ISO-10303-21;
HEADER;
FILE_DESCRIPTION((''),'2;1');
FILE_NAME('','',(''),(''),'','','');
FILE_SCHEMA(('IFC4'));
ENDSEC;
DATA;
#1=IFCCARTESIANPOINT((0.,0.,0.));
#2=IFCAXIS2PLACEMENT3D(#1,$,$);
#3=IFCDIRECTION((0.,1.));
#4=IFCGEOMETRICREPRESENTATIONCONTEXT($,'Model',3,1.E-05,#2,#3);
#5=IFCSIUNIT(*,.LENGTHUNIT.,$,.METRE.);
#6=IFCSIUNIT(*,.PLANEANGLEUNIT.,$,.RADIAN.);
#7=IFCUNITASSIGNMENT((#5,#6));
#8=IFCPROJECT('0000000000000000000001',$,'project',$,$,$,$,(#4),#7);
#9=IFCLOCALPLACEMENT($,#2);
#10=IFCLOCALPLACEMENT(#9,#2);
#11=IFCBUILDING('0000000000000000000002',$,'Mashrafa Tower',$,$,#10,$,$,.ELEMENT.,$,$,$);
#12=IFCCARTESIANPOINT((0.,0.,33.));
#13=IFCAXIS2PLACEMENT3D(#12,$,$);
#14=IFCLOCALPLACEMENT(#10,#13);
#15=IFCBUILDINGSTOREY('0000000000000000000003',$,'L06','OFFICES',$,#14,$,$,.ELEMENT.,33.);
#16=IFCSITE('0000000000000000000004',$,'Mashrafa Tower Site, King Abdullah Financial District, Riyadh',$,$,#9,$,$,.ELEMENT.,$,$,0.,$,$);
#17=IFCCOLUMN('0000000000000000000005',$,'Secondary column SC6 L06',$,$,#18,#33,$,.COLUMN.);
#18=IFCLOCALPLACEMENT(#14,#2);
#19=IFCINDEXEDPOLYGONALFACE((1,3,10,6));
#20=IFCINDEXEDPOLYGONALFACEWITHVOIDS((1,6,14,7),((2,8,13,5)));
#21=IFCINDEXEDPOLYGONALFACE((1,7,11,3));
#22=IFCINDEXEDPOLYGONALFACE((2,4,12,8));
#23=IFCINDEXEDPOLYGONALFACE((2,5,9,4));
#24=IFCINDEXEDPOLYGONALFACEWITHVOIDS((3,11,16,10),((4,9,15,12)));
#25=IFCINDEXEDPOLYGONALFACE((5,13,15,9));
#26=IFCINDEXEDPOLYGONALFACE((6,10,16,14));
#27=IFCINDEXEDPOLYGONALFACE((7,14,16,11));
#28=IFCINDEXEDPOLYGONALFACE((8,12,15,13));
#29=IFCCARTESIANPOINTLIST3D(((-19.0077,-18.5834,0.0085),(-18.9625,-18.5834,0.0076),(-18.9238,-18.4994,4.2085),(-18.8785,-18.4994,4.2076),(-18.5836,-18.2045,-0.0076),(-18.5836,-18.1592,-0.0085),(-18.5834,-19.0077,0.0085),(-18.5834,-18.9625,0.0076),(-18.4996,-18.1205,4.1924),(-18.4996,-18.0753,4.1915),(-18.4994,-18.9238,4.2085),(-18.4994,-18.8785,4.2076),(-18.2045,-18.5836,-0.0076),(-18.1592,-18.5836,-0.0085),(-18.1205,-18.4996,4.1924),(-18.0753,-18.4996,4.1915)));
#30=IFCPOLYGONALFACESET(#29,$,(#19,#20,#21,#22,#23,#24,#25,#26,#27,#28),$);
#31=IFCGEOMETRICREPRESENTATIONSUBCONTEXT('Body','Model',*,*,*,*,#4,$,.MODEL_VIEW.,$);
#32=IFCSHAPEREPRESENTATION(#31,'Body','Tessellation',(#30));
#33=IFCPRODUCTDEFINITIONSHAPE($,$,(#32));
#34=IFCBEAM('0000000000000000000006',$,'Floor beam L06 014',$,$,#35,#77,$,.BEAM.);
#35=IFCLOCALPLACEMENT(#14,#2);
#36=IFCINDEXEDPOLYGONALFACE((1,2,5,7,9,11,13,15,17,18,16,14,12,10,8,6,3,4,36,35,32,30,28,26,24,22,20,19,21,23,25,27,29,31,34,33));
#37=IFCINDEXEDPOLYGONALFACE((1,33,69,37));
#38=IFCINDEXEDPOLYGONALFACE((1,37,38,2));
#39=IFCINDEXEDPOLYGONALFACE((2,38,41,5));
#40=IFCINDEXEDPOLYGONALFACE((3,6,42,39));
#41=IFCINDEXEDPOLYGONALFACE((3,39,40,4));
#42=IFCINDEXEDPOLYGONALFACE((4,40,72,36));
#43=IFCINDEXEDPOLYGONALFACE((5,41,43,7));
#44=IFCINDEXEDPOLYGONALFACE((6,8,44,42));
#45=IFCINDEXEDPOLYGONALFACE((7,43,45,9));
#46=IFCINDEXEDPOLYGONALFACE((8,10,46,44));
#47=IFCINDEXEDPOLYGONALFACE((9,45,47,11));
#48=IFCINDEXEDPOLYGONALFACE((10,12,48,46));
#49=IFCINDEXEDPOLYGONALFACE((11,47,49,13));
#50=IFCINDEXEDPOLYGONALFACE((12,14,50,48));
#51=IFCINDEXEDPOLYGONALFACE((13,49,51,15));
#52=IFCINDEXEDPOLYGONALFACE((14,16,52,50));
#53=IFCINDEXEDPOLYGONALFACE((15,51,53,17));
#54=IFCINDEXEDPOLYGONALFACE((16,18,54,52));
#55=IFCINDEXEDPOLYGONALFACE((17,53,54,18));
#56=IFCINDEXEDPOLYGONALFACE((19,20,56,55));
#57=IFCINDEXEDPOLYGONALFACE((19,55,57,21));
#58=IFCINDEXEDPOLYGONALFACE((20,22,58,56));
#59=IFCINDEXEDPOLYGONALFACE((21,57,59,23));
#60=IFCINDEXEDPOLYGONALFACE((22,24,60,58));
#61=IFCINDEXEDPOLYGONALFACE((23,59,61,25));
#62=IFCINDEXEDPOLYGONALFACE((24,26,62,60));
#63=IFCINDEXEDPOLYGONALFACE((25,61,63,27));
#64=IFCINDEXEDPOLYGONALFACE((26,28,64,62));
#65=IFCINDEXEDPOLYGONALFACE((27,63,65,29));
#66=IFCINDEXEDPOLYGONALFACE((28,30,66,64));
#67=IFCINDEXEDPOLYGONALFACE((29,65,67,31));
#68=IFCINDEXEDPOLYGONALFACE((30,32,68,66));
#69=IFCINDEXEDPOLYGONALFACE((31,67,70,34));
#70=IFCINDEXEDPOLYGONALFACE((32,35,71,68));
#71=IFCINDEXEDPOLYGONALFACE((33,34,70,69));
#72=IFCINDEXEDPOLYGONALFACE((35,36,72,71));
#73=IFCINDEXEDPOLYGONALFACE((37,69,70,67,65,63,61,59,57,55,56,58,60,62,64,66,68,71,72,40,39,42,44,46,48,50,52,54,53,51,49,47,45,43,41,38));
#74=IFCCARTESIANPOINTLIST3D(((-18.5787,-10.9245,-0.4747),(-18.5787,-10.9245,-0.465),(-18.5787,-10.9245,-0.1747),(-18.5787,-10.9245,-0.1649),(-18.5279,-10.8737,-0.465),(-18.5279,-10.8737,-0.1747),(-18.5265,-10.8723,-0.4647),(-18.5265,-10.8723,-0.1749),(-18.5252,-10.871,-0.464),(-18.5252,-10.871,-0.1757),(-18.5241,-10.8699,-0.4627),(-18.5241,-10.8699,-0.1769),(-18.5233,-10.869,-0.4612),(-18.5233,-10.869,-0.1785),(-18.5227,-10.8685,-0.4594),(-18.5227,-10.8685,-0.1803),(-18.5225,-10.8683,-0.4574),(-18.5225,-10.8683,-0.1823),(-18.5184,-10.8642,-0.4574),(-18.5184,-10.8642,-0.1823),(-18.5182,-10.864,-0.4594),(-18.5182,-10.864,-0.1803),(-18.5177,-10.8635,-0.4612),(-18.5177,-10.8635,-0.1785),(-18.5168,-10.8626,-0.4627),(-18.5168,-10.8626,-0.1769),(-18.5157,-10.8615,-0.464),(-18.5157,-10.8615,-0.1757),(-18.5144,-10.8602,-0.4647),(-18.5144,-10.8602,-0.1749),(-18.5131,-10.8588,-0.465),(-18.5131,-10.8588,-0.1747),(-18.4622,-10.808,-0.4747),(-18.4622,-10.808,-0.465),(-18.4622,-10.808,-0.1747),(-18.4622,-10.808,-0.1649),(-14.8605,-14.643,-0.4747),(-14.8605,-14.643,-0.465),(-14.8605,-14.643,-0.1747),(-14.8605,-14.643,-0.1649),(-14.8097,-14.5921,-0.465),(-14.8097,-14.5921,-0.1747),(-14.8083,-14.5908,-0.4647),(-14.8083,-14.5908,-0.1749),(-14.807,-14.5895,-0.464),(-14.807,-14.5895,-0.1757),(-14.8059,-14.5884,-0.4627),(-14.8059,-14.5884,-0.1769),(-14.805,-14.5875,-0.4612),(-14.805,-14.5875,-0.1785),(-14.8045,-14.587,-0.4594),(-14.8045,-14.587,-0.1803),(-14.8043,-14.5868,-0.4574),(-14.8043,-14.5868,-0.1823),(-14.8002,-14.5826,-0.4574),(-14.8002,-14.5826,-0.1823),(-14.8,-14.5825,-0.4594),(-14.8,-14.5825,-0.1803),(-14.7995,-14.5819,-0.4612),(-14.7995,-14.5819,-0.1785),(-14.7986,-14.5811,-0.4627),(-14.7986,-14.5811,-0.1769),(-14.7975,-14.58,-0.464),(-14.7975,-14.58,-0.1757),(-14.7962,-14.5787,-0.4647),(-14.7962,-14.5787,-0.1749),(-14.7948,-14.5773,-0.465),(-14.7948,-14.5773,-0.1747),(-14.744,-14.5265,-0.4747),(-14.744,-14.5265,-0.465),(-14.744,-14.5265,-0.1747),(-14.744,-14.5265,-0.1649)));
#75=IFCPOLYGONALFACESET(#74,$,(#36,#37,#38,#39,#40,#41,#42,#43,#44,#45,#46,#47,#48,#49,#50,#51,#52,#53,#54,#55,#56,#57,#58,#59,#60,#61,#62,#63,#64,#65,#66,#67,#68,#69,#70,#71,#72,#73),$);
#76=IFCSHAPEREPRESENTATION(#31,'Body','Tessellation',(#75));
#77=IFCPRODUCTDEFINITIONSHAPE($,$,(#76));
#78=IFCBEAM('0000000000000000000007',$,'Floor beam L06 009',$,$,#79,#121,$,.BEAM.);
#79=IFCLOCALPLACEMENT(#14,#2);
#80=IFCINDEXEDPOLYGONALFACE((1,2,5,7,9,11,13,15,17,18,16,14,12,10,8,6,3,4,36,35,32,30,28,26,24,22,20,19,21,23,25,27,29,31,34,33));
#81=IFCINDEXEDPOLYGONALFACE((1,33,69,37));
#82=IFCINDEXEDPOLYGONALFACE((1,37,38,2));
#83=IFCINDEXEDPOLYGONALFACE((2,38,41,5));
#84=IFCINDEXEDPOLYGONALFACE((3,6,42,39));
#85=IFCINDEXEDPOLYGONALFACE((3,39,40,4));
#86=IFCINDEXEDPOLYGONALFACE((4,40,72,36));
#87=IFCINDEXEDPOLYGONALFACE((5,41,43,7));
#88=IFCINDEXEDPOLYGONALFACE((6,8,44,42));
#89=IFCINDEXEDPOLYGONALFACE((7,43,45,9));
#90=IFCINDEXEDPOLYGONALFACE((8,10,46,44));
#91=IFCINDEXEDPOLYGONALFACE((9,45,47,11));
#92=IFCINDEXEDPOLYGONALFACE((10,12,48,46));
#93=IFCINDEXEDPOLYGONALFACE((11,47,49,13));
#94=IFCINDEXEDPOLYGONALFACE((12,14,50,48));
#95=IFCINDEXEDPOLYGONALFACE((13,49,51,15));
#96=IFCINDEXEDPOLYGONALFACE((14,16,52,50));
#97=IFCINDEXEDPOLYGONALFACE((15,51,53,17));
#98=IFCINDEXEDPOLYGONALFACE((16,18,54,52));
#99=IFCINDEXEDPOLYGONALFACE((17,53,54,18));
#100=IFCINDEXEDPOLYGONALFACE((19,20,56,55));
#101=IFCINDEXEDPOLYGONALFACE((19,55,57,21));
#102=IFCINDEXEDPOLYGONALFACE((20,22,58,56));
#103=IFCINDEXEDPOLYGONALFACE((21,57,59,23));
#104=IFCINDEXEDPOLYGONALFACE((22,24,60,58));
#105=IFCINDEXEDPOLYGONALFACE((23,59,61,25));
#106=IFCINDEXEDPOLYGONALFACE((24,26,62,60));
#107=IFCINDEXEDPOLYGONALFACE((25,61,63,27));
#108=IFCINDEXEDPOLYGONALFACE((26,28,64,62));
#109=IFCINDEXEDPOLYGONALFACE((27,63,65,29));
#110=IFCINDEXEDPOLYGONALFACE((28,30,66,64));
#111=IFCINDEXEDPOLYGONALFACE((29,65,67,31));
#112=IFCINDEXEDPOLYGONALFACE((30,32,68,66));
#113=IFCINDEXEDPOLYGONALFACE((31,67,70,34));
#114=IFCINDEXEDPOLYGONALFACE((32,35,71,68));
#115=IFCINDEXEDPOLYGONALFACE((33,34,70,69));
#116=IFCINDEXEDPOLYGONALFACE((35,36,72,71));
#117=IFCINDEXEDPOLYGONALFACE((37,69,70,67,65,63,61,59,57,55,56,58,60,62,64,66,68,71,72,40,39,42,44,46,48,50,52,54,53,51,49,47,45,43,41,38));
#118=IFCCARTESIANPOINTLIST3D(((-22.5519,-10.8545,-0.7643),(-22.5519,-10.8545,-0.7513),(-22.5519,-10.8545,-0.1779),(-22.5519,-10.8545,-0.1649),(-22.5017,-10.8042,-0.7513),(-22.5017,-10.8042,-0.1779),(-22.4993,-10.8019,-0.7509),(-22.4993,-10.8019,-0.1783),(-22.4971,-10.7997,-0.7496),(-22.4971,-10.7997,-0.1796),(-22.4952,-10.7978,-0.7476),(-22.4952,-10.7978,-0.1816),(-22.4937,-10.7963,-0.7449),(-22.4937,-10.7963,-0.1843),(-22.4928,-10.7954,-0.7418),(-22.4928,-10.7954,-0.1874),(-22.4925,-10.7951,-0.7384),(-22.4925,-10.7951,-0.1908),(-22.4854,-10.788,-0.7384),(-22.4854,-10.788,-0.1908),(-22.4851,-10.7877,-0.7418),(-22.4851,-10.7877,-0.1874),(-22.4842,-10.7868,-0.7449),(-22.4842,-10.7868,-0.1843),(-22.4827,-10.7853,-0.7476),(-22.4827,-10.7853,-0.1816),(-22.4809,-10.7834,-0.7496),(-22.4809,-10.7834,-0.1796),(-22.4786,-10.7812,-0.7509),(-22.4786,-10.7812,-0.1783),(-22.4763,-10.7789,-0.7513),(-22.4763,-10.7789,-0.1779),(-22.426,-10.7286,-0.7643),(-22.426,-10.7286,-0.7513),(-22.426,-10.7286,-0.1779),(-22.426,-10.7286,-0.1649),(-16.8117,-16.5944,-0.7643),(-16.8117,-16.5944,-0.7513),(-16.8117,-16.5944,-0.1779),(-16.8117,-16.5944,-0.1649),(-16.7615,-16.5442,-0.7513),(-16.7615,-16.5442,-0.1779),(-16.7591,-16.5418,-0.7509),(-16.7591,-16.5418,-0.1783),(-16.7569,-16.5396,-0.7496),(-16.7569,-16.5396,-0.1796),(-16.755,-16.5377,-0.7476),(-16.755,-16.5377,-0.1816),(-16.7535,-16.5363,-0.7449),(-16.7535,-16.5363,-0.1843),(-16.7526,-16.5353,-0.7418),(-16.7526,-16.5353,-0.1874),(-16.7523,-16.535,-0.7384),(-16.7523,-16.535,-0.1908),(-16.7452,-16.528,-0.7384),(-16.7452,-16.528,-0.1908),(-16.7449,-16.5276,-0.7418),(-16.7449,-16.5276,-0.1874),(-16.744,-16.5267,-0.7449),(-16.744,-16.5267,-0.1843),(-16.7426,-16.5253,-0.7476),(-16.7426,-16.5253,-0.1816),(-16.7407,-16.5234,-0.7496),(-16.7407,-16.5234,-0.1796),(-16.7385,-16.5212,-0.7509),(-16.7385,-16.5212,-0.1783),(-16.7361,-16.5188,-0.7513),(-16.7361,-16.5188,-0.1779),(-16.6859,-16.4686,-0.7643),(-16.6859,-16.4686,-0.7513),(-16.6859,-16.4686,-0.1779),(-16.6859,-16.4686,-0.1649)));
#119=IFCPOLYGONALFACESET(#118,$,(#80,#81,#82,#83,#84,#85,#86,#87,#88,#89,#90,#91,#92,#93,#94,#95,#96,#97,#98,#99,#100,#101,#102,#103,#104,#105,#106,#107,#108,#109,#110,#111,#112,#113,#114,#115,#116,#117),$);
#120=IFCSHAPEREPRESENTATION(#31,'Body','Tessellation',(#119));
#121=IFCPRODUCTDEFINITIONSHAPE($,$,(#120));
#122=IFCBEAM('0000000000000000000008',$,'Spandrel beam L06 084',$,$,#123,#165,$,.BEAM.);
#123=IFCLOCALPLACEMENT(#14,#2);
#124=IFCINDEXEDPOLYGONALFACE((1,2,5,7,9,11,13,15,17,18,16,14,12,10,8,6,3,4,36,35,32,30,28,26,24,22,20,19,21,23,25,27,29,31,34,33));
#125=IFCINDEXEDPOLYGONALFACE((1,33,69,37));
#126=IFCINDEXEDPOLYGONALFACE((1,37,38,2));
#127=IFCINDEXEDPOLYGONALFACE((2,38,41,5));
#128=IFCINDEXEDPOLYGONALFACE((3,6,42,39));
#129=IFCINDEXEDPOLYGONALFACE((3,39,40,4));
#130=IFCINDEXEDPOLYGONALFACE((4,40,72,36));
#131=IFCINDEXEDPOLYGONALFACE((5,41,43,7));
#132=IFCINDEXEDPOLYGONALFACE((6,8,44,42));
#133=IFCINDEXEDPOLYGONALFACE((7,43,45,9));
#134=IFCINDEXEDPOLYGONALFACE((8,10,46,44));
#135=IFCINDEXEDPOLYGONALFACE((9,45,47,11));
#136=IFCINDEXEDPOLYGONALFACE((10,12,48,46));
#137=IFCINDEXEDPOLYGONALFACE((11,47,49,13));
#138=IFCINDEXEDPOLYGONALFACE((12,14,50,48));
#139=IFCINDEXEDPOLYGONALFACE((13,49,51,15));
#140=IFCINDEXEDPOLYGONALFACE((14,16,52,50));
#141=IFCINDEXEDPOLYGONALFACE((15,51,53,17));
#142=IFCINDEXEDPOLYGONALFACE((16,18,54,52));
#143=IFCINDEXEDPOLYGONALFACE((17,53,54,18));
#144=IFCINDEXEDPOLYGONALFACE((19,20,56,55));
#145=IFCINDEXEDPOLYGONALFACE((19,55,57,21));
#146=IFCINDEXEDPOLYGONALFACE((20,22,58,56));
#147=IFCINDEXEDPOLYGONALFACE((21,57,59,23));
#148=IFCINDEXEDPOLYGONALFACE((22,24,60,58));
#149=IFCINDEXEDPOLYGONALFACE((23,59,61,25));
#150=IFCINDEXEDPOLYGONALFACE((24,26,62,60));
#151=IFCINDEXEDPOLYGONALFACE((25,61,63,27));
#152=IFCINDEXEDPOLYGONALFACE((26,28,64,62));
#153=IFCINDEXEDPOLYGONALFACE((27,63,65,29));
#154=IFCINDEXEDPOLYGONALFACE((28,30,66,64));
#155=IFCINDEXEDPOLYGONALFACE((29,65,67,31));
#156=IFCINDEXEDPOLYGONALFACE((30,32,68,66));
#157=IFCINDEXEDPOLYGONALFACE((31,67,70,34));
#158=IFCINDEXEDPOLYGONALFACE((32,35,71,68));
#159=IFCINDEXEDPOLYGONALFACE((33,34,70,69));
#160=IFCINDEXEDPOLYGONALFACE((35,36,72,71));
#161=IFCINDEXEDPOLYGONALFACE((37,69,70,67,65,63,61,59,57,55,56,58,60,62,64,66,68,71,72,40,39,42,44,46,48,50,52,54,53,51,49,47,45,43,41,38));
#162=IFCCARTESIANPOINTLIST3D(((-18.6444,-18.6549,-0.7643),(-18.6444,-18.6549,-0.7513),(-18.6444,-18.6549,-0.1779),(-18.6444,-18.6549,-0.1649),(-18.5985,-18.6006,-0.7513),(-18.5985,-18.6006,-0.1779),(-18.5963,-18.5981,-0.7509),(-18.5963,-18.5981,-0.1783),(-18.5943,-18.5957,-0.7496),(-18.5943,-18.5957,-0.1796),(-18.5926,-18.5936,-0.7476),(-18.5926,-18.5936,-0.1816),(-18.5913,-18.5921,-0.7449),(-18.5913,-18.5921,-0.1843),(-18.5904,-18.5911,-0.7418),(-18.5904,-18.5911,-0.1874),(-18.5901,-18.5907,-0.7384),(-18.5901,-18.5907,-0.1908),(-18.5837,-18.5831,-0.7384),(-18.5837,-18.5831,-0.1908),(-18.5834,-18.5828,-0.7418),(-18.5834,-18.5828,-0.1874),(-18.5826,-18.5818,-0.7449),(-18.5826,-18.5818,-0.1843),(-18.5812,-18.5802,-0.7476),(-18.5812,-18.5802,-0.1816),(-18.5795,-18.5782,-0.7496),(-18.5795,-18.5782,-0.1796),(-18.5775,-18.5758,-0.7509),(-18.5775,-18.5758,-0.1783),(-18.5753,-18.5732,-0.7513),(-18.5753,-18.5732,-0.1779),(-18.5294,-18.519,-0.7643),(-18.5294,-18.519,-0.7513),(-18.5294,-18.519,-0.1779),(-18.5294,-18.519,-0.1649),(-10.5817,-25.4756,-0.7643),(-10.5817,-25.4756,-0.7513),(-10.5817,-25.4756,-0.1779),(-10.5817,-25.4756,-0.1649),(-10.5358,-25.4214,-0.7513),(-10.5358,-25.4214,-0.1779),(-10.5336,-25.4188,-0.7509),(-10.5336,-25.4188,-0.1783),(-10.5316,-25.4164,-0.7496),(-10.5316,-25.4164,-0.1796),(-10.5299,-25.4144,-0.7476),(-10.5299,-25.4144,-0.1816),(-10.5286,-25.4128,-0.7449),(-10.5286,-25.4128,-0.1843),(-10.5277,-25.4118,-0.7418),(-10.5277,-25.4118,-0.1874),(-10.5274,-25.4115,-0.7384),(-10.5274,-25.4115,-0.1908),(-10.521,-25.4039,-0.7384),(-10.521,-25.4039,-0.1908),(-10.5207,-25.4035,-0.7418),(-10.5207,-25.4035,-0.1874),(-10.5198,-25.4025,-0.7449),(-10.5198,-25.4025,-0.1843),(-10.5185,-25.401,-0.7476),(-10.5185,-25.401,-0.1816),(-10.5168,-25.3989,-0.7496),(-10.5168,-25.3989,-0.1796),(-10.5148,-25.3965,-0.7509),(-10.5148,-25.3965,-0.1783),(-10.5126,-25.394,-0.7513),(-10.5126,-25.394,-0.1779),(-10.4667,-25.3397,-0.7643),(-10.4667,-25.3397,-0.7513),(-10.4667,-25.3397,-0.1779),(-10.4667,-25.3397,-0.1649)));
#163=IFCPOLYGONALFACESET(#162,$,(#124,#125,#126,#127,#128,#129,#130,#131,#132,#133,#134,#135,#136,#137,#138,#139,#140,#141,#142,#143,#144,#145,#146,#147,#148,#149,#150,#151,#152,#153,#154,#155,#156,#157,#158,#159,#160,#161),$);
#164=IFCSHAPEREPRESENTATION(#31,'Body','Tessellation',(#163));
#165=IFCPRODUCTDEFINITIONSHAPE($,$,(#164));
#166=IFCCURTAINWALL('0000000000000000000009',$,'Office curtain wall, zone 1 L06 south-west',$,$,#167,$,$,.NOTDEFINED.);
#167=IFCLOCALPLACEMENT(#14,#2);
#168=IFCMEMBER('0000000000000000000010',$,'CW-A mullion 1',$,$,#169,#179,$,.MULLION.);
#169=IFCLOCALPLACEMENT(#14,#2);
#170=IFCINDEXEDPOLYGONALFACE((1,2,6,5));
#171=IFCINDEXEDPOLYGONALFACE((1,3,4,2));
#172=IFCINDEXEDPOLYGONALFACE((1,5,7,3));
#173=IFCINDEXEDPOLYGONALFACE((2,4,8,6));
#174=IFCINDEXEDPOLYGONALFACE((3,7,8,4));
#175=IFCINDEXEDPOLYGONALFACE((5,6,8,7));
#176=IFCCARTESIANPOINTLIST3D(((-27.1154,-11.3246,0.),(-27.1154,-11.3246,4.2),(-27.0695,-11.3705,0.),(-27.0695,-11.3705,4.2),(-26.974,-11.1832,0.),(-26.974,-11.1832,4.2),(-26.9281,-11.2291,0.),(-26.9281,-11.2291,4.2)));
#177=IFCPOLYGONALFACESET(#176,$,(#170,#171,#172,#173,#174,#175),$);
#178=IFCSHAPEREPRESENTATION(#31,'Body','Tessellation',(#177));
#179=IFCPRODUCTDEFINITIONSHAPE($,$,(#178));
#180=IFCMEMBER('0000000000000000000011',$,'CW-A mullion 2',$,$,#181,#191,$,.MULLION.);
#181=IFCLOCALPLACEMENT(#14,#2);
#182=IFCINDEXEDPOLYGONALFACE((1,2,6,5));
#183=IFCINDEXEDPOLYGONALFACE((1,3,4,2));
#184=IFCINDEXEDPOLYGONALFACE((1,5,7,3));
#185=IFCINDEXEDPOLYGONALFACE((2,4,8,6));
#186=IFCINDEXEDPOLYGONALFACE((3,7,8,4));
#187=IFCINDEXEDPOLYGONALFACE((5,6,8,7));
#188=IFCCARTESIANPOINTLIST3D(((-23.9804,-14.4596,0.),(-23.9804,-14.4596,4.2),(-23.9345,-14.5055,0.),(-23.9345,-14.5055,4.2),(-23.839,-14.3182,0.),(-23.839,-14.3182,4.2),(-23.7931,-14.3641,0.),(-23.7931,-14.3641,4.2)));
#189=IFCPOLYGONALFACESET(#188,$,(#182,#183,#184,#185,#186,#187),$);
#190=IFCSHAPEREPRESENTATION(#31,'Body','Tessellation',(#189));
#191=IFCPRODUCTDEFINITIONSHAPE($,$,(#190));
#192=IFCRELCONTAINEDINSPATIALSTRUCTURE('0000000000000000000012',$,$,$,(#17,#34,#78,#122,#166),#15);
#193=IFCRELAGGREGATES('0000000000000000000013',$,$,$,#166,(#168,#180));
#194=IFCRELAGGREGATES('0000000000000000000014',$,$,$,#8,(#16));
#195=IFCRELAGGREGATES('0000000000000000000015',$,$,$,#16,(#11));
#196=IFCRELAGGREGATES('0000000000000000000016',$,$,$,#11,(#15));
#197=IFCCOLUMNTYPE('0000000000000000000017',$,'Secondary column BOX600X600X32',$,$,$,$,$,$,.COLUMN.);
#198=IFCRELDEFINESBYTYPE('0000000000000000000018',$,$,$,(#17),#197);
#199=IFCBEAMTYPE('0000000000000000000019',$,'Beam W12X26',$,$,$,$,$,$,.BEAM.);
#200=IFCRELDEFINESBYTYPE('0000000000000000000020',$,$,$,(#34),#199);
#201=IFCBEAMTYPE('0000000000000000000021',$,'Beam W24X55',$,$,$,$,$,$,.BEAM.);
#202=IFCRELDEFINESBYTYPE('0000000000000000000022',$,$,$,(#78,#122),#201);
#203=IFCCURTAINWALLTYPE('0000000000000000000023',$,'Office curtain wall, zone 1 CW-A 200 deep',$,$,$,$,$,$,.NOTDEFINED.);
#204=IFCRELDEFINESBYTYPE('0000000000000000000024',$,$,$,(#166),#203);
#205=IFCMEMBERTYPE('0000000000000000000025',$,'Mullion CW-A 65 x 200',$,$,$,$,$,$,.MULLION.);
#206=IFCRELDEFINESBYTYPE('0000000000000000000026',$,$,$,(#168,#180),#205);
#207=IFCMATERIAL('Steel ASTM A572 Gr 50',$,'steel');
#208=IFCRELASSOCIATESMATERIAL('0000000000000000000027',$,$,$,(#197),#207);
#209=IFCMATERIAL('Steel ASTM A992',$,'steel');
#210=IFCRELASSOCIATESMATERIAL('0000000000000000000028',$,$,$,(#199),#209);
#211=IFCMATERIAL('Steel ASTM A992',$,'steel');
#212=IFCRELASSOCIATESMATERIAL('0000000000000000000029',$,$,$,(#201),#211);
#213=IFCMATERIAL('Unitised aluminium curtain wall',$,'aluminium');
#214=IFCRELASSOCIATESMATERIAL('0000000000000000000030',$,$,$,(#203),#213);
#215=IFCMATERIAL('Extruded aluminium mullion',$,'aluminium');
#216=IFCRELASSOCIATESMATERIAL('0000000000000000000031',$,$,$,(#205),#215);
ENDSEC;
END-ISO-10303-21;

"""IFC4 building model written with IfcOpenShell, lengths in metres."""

from ifc_helpers import new_model, si_unit, direction, frame, origin, origin_2d, place, context, subcontext, project, spatial, rectangle, hollow_rectangle, i_section, extrude, source, transform, mapped, material, material_profile, profile_set, type_object, type_shapes, element, aggregate, save


model = new_model("IFC4")

# Units and contexts
model_context = context("Model", 3, precision=1e-05, world=origin(), true_north=direction((0.0, 1.0)))
body_context = subcontext(model_context, "Body", "Model", "MODEL_VIEW")
ifc_project = project(units=[si_unit("LENGTHUNIT", "METRE"), si_unit("PLANEANGLEUNIT", "RADIAN")], contexts=[model_context])

# Site, building, storey
site_placement = place(None, origin())
site = spatial("IfcSite", under=ifc_project, at=site_placement, Name="Mashrafa Tower Site, King Abdullah Financial District, Riyadh", CompositionType="ELEMENT", RefElevation=0.0)
building_placement = place(site_placement, origin())
building = spatial("IfcBuilding", under=site, at=building_placement, Name="Mashrafa Tower", CompositionType="ELEMENT")
storey_placement = place(building_placement, frame((0.0, 0.0, 33.0)))
storey = spatial("IfcBuildingStorey", under=building, at=storey_placement, Name="L06", Description="OFFICES", CompositionType="ELEMENT", Elevation=33.0)

# Column
ifc_material_1 = material(Name="Steel ASTM A572 Gr 50", Category="steel")
ifc_material_profile_1 = material_profile(ifc_material_1, hollow_rectangle(XDim=0.6001, YDim=0.6001, WallThickness=0.032, at=origin_2d()), Name="BOX600X600X32")
ifc_profile_set_1 = profile_set([ifc_material_profile_1], Name="Steel ASTM A572 Gr 50")
column_type = type_object("IfcColumnType", Name="Secondary column BOX600X600X32", PredefinedType="COLUMN", material=ifc_profile_set_1)
column_placement = place(storey_placement, frame((-18.5835, -18.5835, 0.0), z_axis=(0.019989, 0.019989, 0.9996), x_axis=(-0.707107, 0.707107, 0.0)))
element("IfcColumn", 1, at=column_placement, inside=storey, type_object=column_type, Name="Secondary column SC6 L06", PredefinedType="COLUMN", context=body_context, shape_type="SweptSolid", body=[
    extrude(hollow_rectangle(XDim=0.6001, YDim=0.6001, WallThickness=0.032, at=origin_2d()), origin(), (0.0, 0.0, 1.0), 4.2017),
])

# Beams
ifc_material_2 = material(Name="Steel ASTM A992", Category="steel")
ifc_material_profile_2 = material_profile(ifc_material_2, i_section(OverallWidth=0.1648, OverallDepth=0.3098, WebThickness=0.0059, FlangeThickness=0.0098, FilletRadius=0.0076, at=origin_2d()), Name="W12X26")
ifc_profile_set_2 = profile_set([ifc_material_profile_2], Name="Steel ASTM A992")
beam_type_1 = type_object("IfcBeamType", Name="Beam W12X26", PredefinedType="BEAM", material=ifc_profile_set_2)
beam_1_placement = place(storey_placement, frame((-14.8022, -14.5847, -0.3198), z_axis=(-0.707084, 0.70713, 0.0), x_axis=(-0.70713, -0.707084, 0.0)))
element("IfcBeam", 2, at=beam_1_placement, inside=storey, type_object=beam_type_1, Name="Floor beam L06 014", PredefinedType="BEAM", context=body_context, shape_type="SweptSolid", body=[
    extrude(i_section(OverallWidth=0.1648, OverallDepth=0.3098, WebThickness=0.0059, FlangeThickness=0.0098, FilletRadius=0.0076, at=origin_2d()), origin(), (0.0, 0.0, 1.0), 5.2585),
])
ifc_material_3 = material(Name="Steel ASTM A992", Category="steel")
ifc_material_profile_3 = material_profile(ifc_material_3, i_section(OverallWidth=0.178, OverallDepth=0.5994, WebThickness=0.01, FlangeThickness=0.0129, FilletRadius=0.0129, at=origin_2d()), Name="W24X55")
ifc_profile_set_3 = profile_set([ifc_material_profile_3], Name="Steel ASTM A992")
beam_type_2 = type_object("IfcBeamType", Name="Beam W24X55", PredefinedType="BEAM", material=ifc_profile_set_3)
beam_2_placement = place(storey_placement, frame((-16.7488, -16.5315, -0.4646), z_axis=(-0.707122, 0.707092, 0.0), x_axis=(-0.707092, -0.707122, 0.0)))
element("IfcBeam", 3, at=beam_2_placement, inside=storey, type_object=beam_type_2, Name="Floor beam L06 009", PredefinedType="BEAM", context=body_context, shape_type="SweptSolid", body=[
    extrude(i_section(OverallWidth=0.178, OverallDepth=0.5994, WebThickness=0.01, FlangeThickness=0.0129, FilletRadius=0.0129, at=origin_2d()), origin(), (0.0, 0.0, 1.0), 8.1177),
])
beam_3_placement = place(storey_placement, frame((-18.5869, -18.5869, -0.4646), z_axis=(0.763457, -0.645858, 0.0), x_axis=(0.645858, 0.763457, 0.0)))
element("IfcBeam", 4, at=beam_3_placement, inside=storey, type_object=beam_type_2, Name="Spandrel beam L06 084", PredefinedType="BEAM", context=body_context, shape_type="SweptSolid", body=[
    extrude(i_section(OverallWidth=0.178, OverallDepth=0.5994, WebThickness=0.01, FlangeThickness=0.0129, FilletRadius=0.0129, at=origin_2d()), origin(), (0.0, 0.0, 1.0), 10.5608),
])

# Curtain wall, members
ifc_material_4 = material(Name="Unitised aluminium curtain wall", Category="aluminium")
curtain_wall_type = type_object("IfcCurtainWallType", Name="Office curtain wall, zone 1 CW-A 200 deep", PredefinedType="NOTDEFINED", material=ifc_material_4)
curtain_wall_placement = place(storey_placement, origin())
curtain_wall = element("IfcCurtainWall", 5, at=curtain_wall_placement, inside=storey, type_object=curtain_wall_type, Name="Office curtain wall, zone 1 L06 south-west", PredefinedType="NOTDEFINED")
ifc_material_5 = material(Name="Extruded aluminium mullion", Category="aluminium")
ifc_material_profile_4 = material_profile(ifc_material_5, rectangle(XDim=0.2, YDim=0.0649, at=origin_2d()), Name="Mullion 65x200")
ifc_profile_set_4 = profile_set([ifc_material_profile_4], Name="Extruded aluminium mullion")
member_type_1 = type_object("IfcMemberType", Name="Mullion CW-A 65 x 200", PredefinedType="MULLION", material=ifc_profile_set_4)
shared_shape_1 = source(origin(), body_context, "Body", "SweptSolid", [
    extrude(rectangle(XDim=0.2, YDim=0.0649, at=origin_2d()), origin(), (0.0, 0.0, 1.0), 4.2),
])
type_shapes(member_type_1, [shared_shape_1])
member_1_placement = place(storey_placement, frame((-27.0217, -11.2769, 0.0), z_axis=(0.0, 0.0, 1.0), x_axis=(0.707107, 0.707107, 0.0)))
member_1 = element("IfcMember", 6, at=member_1_placement, type_object=member_type_1, Name="CW-A mullion 1", PredefinedType="MULLION", context=body_context, shape_type="MappedRepresentation", body=[
    mapped(shared_shape_1, transform((0.0, 0.0, 0.0))),
])
member_2_placement = place(storey_placement, frame((-23.8867, -14.4119, 0.0), z_axis=(0.0, 0.0, 1.0), x_axis=(0.707107, 0.707107, 0.0)))
member_2 = element("IfcMember", 7, at=member_2_placement, type_object=member_type_1, Name="CW-A mullion 2", PredefinedType="MULLION", context=body_context, shape_type="MappedRepresentation", body=[
    mapped(shared_shape_1, transform((0.0, 0.0, 0.0))),
])
aggregate(curtain_wall, [member_1, member_2])

save(model, "model.ifc")
